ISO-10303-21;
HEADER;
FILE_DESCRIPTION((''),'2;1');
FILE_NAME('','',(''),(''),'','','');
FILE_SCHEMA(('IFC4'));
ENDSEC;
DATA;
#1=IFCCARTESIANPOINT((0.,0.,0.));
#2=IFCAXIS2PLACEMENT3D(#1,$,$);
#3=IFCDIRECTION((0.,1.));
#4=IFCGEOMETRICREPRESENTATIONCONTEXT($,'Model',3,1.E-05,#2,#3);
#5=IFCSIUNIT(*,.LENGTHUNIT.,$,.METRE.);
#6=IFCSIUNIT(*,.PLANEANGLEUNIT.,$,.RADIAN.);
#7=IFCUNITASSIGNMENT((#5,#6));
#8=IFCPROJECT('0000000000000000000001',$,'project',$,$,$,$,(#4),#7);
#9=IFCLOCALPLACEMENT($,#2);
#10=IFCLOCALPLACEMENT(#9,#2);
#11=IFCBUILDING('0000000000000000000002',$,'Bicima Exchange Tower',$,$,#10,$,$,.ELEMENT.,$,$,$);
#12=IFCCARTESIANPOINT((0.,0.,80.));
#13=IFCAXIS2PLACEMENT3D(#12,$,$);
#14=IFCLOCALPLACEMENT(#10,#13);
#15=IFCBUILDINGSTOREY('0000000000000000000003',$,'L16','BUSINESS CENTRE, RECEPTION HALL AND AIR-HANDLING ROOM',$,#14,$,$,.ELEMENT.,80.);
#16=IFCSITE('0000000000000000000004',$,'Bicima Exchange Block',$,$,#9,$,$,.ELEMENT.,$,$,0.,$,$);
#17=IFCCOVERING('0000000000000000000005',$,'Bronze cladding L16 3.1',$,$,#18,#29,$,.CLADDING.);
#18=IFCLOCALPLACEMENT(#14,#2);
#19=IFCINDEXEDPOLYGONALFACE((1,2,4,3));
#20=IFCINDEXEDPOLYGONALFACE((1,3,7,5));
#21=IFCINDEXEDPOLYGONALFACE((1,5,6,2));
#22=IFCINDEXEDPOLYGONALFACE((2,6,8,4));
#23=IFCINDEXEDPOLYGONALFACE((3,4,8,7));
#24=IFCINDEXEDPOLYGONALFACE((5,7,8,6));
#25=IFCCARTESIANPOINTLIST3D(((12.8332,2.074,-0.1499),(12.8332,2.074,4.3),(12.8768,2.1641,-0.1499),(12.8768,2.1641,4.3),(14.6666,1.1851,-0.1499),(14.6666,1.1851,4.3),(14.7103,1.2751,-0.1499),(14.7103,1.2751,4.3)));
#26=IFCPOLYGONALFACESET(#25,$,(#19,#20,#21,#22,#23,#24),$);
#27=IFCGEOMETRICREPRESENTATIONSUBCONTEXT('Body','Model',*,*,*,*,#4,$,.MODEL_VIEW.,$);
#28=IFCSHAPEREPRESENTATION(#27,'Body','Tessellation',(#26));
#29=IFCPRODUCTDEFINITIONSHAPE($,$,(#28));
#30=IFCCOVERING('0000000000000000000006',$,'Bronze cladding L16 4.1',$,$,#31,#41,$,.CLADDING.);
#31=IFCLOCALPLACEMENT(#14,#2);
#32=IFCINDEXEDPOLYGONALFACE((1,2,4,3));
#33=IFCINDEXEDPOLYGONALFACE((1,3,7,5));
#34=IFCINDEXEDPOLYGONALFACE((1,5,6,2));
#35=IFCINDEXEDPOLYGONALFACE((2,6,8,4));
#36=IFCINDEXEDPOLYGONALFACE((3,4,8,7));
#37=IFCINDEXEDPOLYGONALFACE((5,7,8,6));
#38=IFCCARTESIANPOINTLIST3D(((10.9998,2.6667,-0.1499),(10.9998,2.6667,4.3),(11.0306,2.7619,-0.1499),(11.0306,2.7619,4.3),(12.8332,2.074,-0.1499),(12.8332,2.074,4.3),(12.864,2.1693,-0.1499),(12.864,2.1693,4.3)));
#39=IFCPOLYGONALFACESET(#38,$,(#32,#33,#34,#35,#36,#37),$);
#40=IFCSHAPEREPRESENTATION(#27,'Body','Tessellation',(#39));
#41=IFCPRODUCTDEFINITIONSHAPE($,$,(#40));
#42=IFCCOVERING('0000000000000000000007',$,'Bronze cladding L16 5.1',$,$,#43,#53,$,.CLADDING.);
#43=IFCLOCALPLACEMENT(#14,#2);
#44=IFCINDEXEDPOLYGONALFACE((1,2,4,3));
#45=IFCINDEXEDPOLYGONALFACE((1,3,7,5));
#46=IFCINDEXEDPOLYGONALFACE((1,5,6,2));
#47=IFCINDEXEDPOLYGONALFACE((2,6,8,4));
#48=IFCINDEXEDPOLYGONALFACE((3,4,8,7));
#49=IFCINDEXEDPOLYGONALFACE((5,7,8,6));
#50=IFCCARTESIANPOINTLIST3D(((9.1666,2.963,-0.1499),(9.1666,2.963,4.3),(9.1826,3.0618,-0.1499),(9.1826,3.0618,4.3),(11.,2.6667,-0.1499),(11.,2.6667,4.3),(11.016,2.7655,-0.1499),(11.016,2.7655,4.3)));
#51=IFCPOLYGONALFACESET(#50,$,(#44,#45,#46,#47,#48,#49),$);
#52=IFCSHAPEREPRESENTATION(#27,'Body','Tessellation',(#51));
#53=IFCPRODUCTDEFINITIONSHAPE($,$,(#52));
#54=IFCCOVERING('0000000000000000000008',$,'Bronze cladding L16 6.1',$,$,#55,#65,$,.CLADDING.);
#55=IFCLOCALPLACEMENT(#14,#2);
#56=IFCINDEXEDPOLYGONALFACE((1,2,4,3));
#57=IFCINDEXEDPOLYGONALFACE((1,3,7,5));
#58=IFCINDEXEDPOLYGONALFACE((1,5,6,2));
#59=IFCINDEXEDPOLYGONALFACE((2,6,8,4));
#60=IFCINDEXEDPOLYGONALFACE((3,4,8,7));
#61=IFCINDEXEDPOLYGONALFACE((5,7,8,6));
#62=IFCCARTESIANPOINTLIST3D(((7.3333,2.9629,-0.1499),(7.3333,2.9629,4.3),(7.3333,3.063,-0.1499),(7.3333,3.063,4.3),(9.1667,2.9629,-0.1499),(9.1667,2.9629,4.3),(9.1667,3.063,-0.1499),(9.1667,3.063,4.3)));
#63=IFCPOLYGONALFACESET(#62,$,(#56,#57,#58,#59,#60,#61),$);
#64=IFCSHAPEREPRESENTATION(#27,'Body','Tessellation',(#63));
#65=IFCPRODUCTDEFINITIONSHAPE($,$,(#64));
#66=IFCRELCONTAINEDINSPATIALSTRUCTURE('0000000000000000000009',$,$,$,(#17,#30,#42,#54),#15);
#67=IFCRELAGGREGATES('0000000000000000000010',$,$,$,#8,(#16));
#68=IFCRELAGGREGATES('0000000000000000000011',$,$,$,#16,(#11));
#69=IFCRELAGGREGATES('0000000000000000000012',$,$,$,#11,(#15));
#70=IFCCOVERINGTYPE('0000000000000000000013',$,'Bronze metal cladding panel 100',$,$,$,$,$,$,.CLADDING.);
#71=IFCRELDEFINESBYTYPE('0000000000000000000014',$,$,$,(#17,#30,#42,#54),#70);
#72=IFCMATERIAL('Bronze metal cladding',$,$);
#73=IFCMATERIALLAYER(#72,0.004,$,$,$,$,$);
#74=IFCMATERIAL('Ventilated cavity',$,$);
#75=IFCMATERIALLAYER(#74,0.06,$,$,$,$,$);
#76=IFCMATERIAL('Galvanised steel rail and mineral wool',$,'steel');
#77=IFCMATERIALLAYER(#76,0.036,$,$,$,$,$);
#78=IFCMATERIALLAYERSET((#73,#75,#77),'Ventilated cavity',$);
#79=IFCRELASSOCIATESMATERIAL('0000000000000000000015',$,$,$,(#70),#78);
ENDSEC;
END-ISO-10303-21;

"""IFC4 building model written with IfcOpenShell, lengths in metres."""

from ifc_helpers import new_model, si_unit, direction, frame, origin, origin_2d, place, context, subcontext, project, spatial, rectangle, extrude, material, layer, layer_set, type_object, element, save


model = new_model("IFC4")

# Units and contexts
model_context = context("Model", 3, precision=1e-05, world=origin(), true_north=direction((0.0, 1.0)))
body_context = subcontext(model_context, "Body", "Model", "MODEL_VIEW")
ifc_project = project(units=[si_unit("LENGTHUNIT", "METRE"), si_unit("PLANEANGLEUNIT", "RADIAN")], contexts=[model_context])

# Site, building, storey
site_placement = place(None, origin())
site = spatial("IfcSite", under=ifc_project, at=site_placement, Name="Bicima Exchange Block", CompositionType="ELEMENT", RefElevation=0.0)
building_placement = place(site_placement, origin())
building = spatial("IfcBuilding", under=site, at=building_placement, Name="Bicima Exchange Tower", CompositionType="ELEMENT")
storey_placement = place(building_placement, frame((0.0, 0.0, 80.0)))
storey = spatial("IfcBuildingStorey", under=building, at=storey_placement, Name="L16", Description="BUSINESS CENTRE, RECEPTION HALL AND AIR-HANDLING ROOM", CompositionType="ELEMENT", Elevation=80.0)

# Coverings
ifc_material_1 = material(Name="Bronze metal cladding")
ifc_layer_1 = layer(ifc_material_1, 0.004)
ifc_material_2 = material(Name="Ventilated cavity")
ifc_layer_2 = layer(ifc_material_2, 0.06)
ifc_material_3 = material(Name="Galvanised steel rail and mineral wool", Category="steel")
ifc_layer_3 = layer(ifc_material_3, 0.036)
ifc_layer_set_1 = layer_set([ifc_layer_1, ifc_layer_2, ifc_layer_3], Name="Ventilated cavity")
covering_type = type_object("IfcCoveringType", Name="Bronze metal cladding panel 100", PredefinedType="CLADDING", material=ifc_layer_set_1)
covering_1_placement = place(storey_placement, frame((13.7717, 1.6746, -0.1499), z_axis=(0.0, 0.0, 1.0), x_axis=(-0.899818, 0.436265, 0.0)))
element("IfcCovering", 1, at=covering_1_placement, inside=storey, type_object=covering_type, Name="Bronze cladding L16 3.1", PredefinedType="CLADDING", context=body_context, shape_type="SweptSolid", body=[
    extrude(rectangle(XDim=2.0376, YDim=0.1001, at=origin_2d()), origin(), (0.0, 0.0, 1.0), 4.45),
])
covering_2_placement = place(storey_placement, frame((11.9319, 2.418, -0.1499), z_axis=(0.0, 0.0, 1.0), x_axis=(-0.951525, 0.307573, 0.0)))
element("IfcCovering", 2, at=covering_2_placement, inside=storey, type_object=covering_type, Name="Bronze cladding L16 4.1", PredefinedType="CLADDING", context=body_context, shape_type="SweptSolid", body=[
    extrude(rectangle(XDim=1.9268, YDim=0.1001, at=origin_2d()), origin(), (0.0, 0.0, 1.0), 4.45),
])
covering_3_placement = place(storey_placement, frame((10.0913, 2.8643, -0.1499), z_axis=(0.0, 0.0, 1.0), x_axis=(-0.98719, 0.15955, 0.0)))
element("IfcCovering", 3, at=covering_3_placement, inside=storey, type_object=covering_type, Name="Bronze cladding L16 5.1", PredefinedType="CLADDING", context=body_context, shape_type="SweptSolid", body=[
    extrude(rectangle(XDim=1.8572, YDim=0.1001, at=origin_2d()), origin(), (0.0, 0.0, 1.0), 4.45),
])
covering_4_placement = place(storey_placement, frame((8.25, 3.0129, -0.1499), z_axis=(0.0, 0.0, 1.0), x_axis=(-1.0, 0.0, 0.0)))
element("IfcCovering", 4, at=covering_4_placement, inside=storey, type_object=covering_type, Name="Bronze cladding L16 6.1", PredefinedType="CLADDING", context=body_context, shape_type="SweptSolid", body=[
    extrude(rectangle(XDim=1.8335, YDim=0.1001, at=origin_2d()), origin(), (0.0, 0.0, 1.0), 4.45),
])

save(model, "model.ifc")
